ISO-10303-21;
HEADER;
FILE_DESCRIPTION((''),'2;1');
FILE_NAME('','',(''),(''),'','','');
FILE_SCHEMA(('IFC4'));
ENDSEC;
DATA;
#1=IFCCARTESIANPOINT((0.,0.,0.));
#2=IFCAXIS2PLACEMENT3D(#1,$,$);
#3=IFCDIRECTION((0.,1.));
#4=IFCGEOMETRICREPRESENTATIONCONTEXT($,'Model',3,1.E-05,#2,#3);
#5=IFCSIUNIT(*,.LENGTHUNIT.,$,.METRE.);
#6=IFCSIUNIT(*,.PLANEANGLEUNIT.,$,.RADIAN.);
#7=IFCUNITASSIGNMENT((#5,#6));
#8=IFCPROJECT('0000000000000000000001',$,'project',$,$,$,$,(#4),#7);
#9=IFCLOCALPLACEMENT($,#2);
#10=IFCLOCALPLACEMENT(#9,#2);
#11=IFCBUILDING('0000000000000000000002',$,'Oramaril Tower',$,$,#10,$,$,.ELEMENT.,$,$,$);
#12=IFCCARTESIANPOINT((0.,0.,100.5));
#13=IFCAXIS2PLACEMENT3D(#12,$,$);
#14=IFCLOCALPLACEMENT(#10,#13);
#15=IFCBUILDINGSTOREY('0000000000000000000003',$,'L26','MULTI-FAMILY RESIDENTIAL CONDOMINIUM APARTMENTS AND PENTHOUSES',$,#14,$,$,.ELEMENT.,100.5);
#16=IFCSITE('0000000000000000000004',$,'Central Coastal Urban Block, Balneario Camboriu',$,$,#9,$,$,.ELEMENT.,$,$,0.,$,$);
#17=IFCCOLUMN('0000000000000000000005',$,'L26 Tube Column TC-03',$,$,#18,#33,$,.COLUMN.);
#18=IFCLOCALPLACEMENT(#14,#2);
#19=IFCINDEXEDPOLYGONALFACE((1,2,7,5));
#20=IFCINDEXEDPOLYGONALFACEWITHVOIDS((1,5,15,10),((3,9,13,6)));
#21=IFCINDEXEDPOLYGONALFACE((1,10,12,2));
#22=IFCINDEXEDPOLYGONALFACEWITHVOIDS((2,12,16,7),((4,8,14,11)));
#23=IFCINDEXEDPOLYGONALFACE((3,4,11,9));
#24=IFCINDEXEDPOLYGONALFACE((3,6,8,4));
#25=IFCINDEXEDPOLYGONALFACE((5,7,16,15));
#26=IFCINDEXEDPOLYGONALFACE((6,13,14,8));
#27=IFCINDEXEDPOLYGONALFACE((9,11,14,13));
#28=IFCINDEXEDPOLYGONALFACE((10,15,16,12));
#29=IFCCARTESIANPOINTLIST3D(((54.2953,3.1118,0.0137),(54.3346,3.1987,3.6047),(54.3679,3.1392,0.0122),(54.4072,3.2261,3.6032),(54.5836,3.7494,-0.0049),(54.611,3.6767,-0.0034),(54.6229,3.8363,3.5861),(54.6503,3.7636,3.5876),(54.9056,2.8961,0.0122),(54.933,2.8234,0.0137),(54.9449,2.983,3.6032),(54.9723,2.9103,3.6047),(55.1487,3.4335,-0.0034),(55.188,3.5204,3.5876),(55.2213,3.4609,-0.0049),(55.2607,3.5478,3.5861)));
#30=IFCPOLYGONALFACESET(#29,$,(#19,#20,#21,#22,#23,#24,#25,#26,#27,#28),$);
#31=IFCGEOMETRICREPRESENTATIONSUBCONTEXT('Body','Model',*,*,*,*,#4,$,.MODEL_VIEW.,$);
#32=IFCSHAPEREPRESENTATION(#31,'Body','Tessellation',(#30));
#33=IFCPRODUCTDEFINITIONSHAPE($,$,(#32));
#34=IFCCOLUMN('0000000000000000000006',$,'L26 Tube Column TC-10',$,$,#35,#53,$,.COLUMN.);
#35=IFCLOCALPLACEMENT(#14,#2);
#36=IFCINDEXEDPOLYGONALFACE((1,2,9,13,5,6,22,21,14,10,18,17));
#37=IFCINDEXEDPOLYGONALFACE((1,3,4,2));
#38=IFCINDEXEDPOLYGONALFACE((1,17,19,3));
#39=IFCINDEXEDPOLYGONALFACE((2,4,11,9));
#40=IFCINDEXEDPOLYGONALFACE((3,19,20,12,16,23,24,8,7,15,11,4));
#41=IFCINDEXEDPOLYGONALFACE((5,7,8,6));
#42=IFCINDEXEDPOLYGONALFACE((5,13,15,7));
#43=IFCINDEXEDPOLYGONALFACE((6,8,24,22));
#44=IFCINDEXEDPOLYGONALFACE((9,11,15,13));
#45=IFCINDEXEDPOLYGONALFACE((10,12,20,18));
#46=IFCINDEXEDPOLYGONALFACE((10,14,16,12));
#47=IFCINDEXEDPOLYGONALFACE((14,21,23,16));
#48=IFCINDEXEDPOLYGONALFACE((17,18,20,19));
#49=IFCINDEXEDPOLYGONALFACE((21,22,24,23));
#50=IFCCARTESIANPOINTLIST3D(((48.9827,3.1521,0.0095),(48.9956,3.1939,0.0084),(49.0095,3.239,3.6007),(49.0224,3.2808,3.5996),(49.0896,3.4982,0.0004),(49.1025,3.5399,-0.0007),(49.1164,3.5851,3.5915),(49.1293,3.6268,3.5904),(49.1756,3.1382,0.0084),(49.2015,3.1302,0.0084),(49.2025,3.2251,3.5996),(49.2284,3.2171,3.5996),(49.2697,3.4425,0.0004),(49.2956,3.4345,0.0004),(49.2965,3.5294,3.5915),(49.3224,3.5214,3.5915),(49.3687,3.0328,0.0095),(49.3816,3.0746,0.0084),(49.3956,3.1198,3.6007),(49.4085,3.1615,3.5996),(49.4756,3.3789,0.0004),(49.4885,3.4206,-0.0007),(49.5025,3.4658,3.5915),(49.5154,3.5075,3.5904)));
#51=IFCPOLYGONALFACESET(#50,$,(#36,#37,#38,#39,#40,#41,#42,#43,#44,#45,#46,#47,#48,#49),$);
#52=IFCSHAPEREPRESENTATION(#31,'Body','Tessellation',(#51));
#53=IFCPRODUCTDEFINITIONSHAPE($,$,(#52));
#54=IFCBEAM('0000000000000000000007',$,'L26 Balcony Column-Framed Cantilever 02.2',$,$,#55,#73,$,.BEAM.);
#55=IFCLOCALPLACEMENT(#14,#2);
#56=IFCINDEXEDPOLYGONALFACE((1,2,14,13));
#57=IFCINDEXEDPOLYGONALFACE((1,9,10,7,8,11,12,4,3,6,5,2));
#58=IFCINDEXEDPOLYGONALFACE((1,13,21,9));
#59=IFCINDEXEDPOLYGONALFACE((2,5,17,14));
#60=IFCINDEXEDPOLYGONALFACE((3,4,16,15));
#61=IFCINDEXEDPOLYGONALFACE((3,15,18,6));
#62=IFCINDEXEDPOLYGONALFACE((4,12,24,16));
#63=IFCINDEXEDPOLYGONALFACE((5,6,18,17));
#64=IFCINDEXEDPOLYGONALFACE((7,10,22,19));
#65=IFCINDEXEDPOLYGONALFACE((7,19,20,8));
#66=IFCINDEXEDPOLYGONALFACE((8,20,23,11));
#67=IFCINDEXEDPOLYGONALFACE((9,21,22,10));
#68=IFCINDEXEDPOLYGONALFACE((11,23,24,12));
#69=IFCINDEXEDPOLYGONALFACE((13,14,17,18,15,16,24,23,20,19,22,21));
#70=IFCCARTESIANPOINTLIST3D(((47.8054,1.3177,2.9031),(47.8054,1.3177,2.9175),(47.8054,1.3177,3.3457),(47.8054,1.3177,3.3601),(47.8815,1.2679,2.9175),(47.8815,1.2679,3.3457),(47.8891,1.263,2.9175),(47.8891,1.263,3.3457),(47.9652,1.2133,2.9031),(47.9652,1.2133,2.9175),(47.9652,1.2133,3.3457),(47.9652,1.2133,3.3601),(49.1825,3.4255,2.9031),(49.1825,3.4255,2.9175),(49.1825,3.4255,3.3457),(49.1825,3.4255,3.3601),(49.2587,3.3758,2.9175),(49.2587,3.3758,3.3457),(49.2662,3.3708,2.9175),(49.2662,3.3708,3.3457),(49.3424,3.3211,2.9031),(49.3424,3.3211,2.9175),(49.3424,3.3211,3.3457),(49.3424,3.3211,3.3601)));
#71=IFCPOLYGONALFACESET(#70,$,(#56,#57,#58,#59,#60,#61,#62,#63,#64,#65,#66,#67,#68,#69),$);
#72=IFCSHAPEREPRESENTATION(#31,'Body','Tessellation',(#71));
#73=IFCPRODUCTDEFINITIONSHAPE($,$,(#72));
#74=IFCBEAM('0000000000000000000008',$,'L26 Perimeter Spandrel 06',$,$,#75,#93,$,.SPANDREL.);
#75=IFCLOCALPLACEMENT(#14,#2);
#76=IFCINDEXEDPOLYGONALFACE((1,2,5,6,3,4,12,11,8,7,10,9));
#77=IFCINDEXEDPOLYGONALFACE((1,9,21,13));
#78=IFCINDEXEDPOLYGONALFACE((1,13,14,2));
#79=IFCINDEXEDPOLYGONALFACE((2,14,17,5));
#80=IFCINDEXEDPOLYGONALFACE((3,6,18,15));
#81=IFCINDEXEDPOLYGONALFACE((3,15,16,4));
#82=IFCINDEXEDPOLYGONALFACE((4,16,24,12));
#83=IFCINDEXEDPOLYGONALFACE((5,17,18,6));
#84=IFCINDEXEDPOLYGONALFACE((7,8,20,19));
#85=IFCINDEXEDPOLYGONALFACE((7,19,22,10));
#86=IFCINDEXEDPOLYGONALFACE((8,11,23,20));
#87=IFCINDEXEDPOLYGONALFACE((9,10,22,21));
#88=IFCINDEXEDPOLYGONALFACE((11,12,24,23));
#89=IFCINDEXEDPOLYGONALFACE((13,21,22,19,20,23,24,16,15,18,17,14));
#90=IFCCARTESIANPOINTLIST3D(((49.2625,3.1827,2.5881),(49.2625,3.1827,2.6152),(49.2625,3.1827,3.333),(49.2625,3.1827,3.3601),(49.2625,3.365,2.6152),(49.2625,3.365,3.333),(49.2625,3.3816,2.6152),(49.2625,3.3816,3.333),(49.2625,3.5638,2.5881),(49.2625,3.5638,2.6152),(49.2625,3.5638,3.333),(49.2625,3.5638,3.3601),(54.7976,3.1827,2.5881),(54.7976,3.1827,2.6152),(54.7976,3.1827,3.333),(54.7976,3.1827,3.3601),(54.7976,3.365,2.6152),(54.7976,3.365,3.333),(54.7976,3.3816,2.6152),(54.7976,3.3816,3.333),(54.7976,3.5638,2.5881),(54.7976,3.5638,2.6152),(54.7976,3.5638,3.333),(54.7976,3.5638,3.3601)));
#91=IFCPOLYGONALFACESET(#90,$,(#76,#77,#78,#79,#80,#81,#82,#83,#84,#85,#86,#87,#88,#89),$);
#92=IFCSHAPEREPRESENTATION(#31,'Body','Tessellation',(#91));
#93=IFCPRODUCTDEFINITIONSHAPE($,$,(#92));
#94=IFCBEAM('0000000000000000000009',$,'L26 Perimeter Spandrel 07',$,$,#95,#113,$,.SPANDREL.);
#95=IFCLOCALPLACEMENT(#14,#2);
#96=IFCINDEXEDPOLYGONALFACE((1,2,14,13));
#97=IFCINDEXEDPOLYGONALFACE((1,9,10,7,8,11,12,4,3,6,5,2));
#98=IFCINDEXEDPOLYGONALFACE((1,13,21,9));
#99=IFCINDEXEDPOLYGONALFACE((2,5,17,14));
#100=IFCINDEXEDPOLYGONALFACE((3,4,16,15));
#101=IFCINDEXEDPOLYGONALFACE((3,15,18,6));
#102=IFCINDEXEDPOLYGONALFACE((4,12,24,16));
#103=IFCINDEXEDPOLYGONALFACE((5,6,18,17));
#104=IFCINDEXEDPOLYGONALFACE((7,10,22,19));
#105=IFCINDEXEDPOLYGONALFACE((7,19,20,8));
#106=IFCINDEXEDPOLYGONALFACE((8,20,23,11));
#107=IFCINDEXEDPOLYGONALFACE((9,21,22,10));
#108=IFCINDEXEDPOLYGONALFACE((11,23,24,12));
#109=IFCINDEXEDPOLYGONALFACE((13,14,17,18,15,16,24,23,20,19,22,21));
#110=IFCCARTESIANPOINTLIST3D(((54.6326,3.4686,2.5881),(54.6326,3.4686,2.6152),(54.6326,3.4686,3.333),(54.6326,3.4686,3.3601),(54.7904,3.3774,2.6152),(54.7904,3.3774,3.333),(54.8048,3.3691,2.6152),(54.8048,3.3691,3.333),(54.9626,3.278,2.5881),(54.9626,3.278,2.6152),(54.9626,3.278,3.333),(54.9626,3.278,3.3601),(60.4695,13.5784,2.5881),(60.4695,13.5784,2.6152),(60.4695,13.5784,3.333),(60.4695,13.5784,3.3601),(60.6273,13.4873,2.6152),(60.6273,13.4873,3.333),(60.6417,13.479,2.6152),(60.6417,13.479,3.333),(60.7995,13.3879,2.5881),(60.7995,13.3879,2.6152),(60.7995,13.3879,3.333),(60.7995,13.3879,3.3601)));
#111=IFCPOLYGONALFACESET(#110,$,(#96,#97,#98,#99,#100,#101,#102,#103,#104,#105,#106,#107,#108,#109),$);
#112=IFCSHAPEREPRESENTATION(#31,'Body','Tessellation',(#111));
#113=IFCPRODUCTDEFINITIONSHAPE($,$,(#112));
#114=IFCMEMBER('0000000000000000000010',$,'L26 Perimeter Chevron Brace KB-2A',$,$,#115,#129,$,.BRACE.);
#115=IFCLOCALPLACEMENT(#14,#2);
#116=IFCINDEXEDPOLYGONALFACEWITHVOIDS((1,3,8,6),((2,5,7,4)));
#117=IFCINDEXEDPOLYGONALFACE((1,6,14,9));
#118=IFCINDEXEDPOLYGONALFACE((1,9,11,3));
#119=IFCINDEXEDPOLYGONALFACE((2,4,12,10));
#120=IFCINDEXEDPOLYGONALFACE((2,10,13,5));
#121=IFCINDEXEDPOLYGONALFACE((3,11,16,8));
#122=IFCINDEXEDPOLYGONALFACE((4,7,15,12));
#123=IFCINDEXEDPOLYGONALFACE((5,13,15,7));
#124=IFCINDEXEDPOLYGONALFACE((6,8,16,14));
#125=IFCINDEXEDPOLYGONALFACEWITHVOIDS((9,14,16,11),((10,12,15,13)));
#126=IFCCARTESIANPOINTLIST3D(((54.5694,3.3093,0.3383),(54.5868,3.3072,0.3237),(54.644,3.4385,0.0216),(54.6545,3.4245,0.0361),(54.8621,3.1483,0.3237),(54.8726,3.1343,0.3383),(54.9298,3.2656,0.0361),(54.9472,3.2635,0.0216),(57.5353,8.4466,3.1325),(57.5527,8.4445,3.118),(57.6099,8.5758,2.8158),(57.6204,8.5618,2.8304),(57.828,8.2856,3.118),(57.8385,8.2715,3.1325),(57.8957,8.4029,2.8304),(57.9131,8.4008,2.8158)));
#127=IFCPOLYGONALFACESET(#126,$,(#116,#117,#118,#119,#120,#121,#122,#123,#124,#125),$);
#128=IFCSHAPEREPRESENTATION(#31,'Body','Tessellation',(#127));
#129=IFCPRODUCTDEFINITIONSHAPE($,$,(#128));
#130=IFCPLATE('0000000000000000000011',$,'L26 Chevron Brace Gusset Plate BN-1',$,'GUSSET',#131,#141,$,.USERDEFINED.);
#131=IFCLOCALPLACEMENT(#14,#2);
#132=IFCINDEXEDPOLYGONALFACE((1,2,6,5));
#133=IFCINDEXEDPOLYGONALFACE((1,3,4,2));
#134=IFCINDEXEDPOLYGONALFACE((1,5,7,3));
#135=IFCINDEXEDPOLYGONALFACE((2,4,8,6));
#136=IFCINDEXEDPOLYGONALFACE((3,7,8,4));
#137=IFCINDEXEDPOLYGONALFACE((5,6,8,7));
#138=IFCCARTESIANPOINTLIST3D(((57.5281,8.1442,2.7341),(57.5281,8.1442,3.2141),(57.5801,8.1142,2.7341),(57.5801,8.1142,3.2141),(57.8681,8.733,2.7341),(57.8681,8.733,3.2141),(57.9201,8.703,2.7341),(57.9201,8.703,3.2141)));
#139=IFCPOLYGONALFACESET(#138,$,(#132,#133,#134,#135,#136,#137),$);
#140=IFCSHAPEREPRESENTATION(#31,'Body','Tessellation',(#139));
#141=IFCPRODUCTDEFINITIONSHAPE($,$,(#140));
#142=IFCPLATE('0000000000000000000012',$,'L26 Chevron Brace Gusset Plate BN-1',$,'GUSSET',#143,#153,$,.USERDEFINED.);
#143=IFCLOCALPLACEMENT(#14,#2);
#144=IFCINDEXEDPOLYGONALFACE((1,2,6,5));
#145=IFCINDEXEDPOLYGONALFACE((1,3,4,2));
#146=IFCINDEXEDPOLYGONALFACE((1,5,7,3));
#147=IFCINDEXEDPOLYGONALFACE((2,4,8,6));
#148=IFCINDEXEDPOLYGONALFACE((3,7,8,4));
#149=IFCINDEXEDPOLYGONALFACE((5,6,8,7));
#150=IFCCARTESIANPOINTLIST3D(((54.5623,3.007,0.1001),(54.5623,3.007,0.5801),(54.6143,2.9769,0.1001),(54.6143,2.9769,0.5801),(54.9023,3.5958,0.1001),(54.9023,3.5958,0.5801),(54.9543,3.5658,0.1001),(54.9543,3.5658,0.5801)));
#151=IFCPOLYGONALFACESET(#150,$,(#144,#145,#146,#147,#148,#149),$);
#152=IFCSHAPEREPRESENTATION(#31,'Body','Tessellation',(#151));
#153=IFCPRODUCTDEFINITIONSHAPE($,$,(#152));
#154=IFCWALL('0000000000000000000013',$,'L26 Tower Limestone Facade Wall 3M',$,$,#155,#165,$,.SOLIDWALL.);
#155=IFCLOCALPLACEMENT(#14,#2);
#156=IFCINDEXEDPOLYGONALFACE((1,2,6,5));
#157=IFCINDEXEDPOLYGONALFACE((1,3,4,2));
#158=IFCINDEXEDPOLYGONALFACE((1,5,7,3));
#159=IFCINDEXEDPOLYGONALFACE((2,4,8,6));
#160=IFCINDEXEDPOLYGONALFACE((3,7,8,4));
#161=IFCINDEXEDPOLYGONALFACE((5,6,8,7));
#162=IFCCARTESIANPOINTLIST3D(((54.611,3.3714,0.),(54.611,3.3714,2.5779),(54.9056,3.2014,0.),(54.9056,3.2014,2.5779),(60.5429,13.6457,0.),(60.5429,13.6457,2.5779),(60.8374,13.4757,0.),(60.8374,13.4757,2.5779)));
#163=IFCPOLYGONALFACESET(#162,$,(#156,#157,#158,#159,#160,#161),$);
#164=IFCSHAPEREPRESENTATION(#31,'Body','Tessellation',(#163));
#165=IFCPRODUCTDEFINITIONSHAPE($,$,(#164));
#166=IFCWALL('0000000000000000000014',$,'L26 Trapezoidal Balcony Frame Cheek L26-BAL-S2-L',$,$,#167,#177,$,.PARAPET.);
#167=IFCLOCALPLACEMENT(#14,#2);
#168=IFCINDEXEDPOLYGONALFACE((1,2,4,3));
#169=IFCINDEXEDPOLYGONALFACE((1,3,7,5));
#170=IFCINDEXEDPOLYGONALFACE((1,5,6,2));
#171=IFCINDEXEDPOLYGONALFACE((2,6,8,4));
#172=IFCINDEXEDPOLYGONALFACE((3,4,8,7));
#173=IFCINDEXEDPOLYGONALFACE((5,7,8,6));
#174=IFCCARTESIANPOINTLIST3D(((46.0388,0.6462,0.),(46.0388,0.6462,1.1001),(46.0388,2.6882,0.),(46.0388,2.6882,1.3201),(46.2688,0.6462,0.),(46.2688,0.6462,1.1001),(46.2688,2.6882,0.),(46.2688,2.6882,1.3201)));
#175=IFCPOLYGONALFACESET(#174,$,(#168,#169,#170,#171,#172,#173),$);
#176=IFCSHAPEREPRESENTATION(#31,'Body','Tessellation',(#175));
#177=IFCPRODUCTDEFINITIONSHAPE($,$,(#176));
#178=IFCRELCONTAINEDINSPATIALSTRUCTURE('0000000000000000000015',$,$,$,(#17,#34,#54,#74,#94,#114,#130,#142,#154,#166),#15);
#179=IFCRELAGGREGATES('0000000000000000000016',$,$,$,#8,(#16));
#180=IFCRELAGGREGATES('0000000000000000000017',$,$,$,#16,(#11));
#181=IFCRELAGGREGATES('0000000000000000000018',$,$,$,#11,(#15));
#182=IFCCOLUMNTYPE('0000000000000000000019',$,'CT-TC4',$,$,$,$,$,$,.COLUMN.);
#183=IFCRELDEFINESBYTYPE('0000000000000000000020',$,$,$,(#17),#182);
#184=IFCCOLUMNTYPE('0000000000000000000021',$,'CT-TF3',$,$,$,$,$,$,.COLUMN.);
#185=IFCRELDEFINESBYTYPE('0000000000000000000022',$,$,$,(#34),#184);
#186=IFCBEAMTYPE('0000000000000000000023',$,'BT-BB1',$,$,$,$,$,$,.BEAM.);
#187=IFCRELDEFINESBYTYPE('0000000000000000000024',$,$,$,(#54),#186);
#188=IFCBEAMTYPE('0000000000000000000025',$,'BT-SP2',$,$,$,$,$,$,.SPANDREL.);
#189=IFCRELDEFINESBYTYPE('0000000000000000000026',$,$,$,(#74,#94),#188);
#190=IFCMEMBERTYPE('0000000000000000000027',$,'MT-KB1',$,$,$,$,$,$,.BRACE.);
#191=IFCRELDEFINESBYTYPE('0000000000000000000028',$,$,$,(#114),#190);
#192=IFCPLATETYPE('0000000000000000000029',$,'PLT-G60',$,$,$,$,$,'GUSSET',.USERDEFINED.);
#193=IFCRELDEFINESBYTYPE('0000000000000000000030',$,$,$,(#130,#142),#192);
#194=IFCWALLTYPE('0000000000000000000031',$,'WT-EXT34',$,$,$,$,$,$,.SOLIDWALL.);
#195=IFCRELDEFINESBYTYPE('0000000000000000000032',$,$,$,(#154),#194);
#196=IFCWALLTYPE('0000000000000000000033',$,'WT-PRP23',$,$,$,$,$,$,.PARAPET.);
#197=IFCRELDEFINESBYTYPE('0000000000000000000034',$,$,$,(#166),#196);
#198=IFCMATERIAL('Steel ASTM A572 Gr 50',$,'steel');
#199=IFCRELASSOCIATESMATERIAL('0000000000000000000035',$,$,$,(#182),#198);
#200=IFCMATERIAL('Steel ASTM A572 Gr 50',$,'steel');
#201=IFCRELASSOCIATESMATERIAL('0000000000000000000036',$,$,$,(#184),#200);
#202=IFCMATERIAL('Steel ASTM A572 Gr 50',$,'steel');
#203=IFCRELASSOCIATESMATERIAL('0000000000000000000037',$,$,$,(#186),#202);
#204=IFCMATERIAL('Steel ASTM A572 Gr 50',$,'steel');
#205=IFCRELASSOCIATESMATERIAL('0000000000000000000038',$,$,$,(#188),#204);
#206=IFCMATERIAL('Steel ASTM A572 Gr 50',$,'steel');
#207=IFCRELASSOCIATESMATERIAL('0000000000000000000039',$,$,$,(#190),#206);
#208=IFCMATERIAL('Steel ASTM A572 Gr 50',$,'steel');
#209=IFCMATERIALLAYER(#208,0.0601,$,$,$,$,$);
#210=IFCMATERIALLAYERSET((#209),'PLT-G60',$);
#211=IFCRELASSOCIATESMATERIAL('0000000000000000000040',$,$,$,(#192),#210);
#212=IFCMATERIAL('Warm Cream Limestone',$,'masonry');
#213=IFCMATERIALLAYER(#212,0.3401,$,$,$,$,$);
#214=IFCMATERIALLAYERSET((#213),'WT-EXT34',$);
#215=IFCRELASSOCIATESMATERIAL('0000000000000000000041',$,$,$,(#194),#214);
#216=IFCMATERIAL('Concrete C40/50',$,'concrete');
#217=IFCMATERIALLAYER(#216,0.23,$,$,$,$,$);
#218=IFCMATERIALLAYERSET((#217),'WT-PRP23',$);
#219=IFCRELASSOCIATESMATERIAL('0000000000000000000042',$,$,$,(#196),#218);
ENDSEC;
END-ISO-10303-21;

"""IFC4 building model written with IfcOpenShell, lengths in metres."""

from ifc_helpers import new_model, si_unit, direction, frame, frame_2d, origin, origin_2d, place, context, subcontext, project, spatial, polyline, rectangle, hollow_rectangle, i_section, outline, extrude, material, layer, layer_set, material_profile, profile_set, type_object, element, save


model = new_model("IFC4")

# Units and contexts
model_context = context("Model", 3, precision=1e-05, world=origin(), true_north=direction((0.0, 1.0)))
body_context = subcontext(model_context, "Body", "Model", "MODEL_VIEW")
ifc_project = project(units=[si_unit("LENGTHUNIT", "METRE"), si_unit("PLANEANGLEUNIT", "RADIAN")], contexts=[model_context])

# Site, building, storey
site_placement = place(None, origin())
site = spatial("IfcSite", under=ifc_project, at=site_placement, Name="Central Coastal Urban Block, Balneario Camboriu", CompositionType="ELEMENT", RefElevation=0.0)
building_placement = place(site_placement, origin())
building = spatial("IfcBuilding", under=site, at=building_placement, Name="Oramaril Tower", CompositionType="ELEMENT")
storey_placement = place(building_placement, frame((0.0, 0.0, 100.5)))
storey = spatial("IfcBuildingStorey", under=building, at=storey_placement, Name="L26", Description="MULTI-FAMILY RESIDENTIAL CONDOMINIUM APARTMENTS AND PENTHOUSES", CompositionType="ELEMENT", Elevation=100.5)

# Columns
ifc_material_1 = material(Name="Steel ASTM A572 Gr 50", Category="steel")
ifc_material_profile_1 = material_profile(ifc_material_1, hollow_rectangle(XDim=0.7, YDim=0.7, WallThickness=0.0549, at=origin_2d()), Name="BOX700X700X55")
ifc_profile_set_1 = profile_set([ifc_material_profile_1], Name="Steel ASTM A572 Gr 50")
column_type_1 = type_object("IfcColumnType", Name="CT-TC4", PredefinedType="COLUMN", material=ifc_profile_set_1)
column_1_placement = place(storey_placement, frame((54.7583, 3.2864, 0.0044), z_axis=(0.010942, 0.024194, 0.999647), x_axis=(-0.911154, 0.412067, 0.0)))
element("IfcColumn", 1, at=column_1_placement, inside=storey, type_object=column_type_1, Name="L26 Tube Column TC-03", PredefinedType="COLUMN", context=body_context, shape_type="SweptSolid", body=[
    extrude(hollow_rectangle(XDim=0.7, YDim=0.7, WallThickness=0.0549, at=origin_2d()), origin(), (0.0, 0.0, 1.0), 3.5923),
])
ifc_material_2 = material(Name="Steel ASTM A572 Gr 50", Category="steel")
ifc_material_profile_2 = material_profile(ifc_material_2, i_section(OverallWidth=0.4041, OverallDepth=0.406, WebThickness=0.0271, FlangeThickness=0.0437, at=origin_2d()), Name="W14X233")
ifc_profile_set_2 = profile_set([ifc_material_profile_2], Name="Steel ASTM A572 Gr 50")
column_type_2 = type_object("IfcColumnType", Name="CT-TF3", PredefinedType="COLUMN", material=ifc_profile_set_2)
column_2_placement = place(storey_placement, frame((49.2356, 3.2864, 0.0044), z_axis=(0.007476, 0.024195, 0.999679), x_axis=(-0.95543, 0.295217, 0.0)))
element("IfcColumn", 2, at=column_2_placement, inside=storey, type_object=column_type_2, Name="L26 Tube Column TC-10", PredefinedType="COLUMN", context=body_context, shape_type="SweptSolid", body=[
    extrude(i_section(OverallWidth=0.4041, OverallDepth=0.406, WebThickness=0.0271, FlangeThickness=0.0437, at=origin_2d()), origin(), (0.0, 0.0, 1.0), 3.5923),
])

# Beams
ifc_material_3 = material(Name="Steel ASTM A572 Gr 50", Category="steel")
ifc_material_profile_3 = material_profile(ifc_material_3, i_section(OverallWidth=0.1909, OverallDepth=0.457, WebThickness=0.009, FlangeThickness=0.0144, at=origin_2d()), Name="W18X50")
ifc_profile_set_3 = profile_set([ifc_material_profile_3], Name="Steel ASTM A572 Gr 50")
beam_type_1 = type_object("IfcBeamType", Name="BT-BB1", PredefinedType="BEAM", material=ifc_profile_set_3)
beam_1_placement = place(storey_placement, frame((49.2625, 3.3733, 3.1316), z_axis=(-0.546957, -0.837161, 0.0), x_axis=(0.837161, -0.546957, 0.0)))
element("IfcBeam", 3, at=beam_1_placement, inside=storey, type_object=beam_type_1, Name="L26 Balcony Column-Framed Cantilever 02.2", PredefinedType="BEAM", context=body_context, shape_type="SweptSolid", body=[
    extrude(i_section(OverallWidth=0.1909, OverallDepth=0.457, WebThickness=0.009, FlangeThickness=0.0144, at=origin_2d()), origin(), (0.0, 0.0, 1.0), 2.5178),
])
ifc_material_4 = material(Name="Steel ASTM A572 Gr 50", Category="steel")
ifc_material_profile_4 = material_profile(ifc_material_4, i_section(OverallWidth=0.3811, OverallDepth=0.772, WebThickness=0.0166, FlangeThickness=0.0271, at=origin_2d()), Name="W30X173")
ifc_profile_set_4 = profile_set([ifc_material_profile_4], Name="Steel ASTM A572 Gr 50")
beam_type_2 = type_object("IfcBeamType", Name="BT-SP2", PredefinedType="SPANDREL", material=ifc_profile_set_4)
beam_2_placement = place(storey_placement, frame((49.2625, 3.3733, 2.9741), z_axis=(1.0, 0.0, 0.0), x_axis=(0.0, 1.0, 0.0)))
element("IfcBeam", 4, at=beam_2_placement, inside=storey, type_object=beam_type_2, Name="L26 Perimeter Spandrel 06", PredefinedType="SPANDREL", context=body_context, shape_type="SweptSolid", body=[
    extrude(i_section(OverallWidth=0.3811, OverallDepth=0.772, WebThickness=0.0166, FlangeThickness=0.0271, at=origin_2d()), origin(), (0.0, 0.0, 1.0), 5.5352),
])
beam_3_placement = place(storey_placement, frame((54.7976, 3.3733, 2.9741), z_axis=(0.499999, 0.866026, 0.0), x_axis=(-0.866026, 0.499999, 0.0)))
element("IfcBeam", 5, at=beam_3_placement, inside=storey, type_object=beam_type_2, Name="L26 Perimeter Spandrel 07", PredefinedType="SPANDREL", context=body_context, shape_type="SweptSolid", body=[
    extrude(i_section(OverallWidth=0.3811, OverallDepth=0.772, WebThickness=0.0166, FlangeThickness=0.0271, at=origin_2d()), origin(), (0.0, 0.0, 1.0), 11.6738),
])

# Member
ifc_material_5 = material(Name="Steel ASTM A572 Gr 50", Category="steel")
ifc_material_profile_5 = material_profile(ifc_material_5, hollow_rectangle(XDim=0.3501, YDim=0.3501, WallThickness=0.0161, at=origin_2d()), Name="HSS350X350X16")
ifc_profile_set_5 = profile_set([ifc_material_profile_5], Name="Steel ASTM A572 Gr 50")
member_type = type_object("IfcMemberType", Name="MT-KB1", PredefinedType="BRACE", material=ifc_profile_set_5)
member_placement = place(storey_placement, frame((54.7583, 3.2864, 0.1799), z_axis=(0.452312, 0.783467, 0.426137), x_axis=(-0.866036, 0.499981, 0.0)))
element("IfcMember", 6, at=member_placement, inside=storey, type_object=member_type, Name="L26 Perimeter Chevron Brace KB-2A", PredefinedType="BRACE", context=body_context, shape_type="SweptSolid", body=[
    extrude(hollow_rectangle(XDim=0.3501, YDim=0.3501, WallThickness=0.0161, at=origin_2d()), origin(), (0.0, 0.0, 1.0), 6.5571),
])

# Plates
ifc_material_6 = material(Name="Steel ASTM A572 Gr 50", Category="steel")
ifc_layer_1 = layer(ifc_material_6, 0.0601)
ifc_layer_set_1 = layer_set([ifc_layer_1], Name="PLT-G60")
plate_type = type_object("IfcPlateType", Name="PLT-G60", ElementType="GUSSET", PredefinedType="USERDEFINED", material=ifc_layer_set_1)
for number, where, z_axis, x_axis, name in (
    (7, (57.7241, 8.4236, 2.7341), (0.0, 0.0, 1.0), (0.499998, 0.866026, 0.0), "L26 Chevron Brace Gusset Plate BN-1"),
    (8, (54.7583, 3.2864, 0.1001), (0.0, 0.0, 1.0), (0.499998, 0.866026, 0.0), "L26 Chevron Brace Gusset Plate BN-1"),
):
    element("IfcPlate", number, at=place(storey_placement, frame(where, z_axis=z_axis, x_axis=x_axis)), inside=storey, type_object=plate_type, Name=name, ObjectType="GUSSET", PredefinedType="USERDEFINED", context=body_context, shape_type="SweptSolid", body=[
        extrude(rectangle(XDim=0.6799, YDim=0.0601, at=origin_2d()), origin(), (0.0, 0.0, 1.0), 0.48),
    ])

# Walls
ifc_material_7 = material(Name="Warm Cream Limestone", Category="masonry")
ifc_layer_2 = layer(ifc_material_7, 0.3401)
ifc_layer_set_2 = layer_set([ifc_layer_2], Name="WT-EXT34")
wall_type_1 = type_object("IfcWallType", Name="WT-EXT34", PredefinedType="SOLIDWALL", material=ifc_layer_set_2)
wall_1_placement = place(storey_placement, frame((54.7583, 3.2864, 0.0), z_axis=(0.0, 0.0, 1.0), x_axis=(0.499997, 0.866027, 0.0)))
element("IfcWall", 9, at=wall_1_placement, inside=storey, type_object=wall_type_1, Name="L26 Tower Limestone Facade Wall 3M", PredefinedType="SOLIDWALL", context=body_context, shape_type="SweptSolid", body=[
    extrude(rectangle(XDim=11.8638, YDim=0.3401, at=frame_2d((5.9319, 0.0))), origin(), (0.0, 0.0, 1.0), 2.5779),
])
ifc_material_8 = material(Name="Concrete C40/50", Category="concrete")
ifc_layer_3 = layer(ifc_material_8, 0.23)
ifc_layer_set_3 = layer_set([ifc_layer_3], Name="WT-PRP23")
wall_type_2 = type_object("IfcWallType", Name="WT-PRP23", PredefinedType="PARAPET", material=ifc_layer_set_3)
wall_2_placement = place(storey_placement, frame((46.1538, 2.6882, 0.0), z_axis=(0.0, 0.0, 1.0), x_axis=(0.0, -1.0, 0.0)))
element("IfcWall", 10, at=wall_2_placement, inside=storey, type_object=wall_type_2, Name="L26 Trapezoidal Balcony Frame Cheek L26-BAL-S2-L", PredefinedType="PARAPET", context=body_context, shape_type="SweptSolid", body=[
    extrude(outline(polyline([(0.0, 0.0), (2.042, 0.0), (2.042, 1.1001), (0.0, 1.3201), (0.0, 0.0)])), frame((0.0, 0.115, 0.0), z_axis=(0.0, -1.0, 0.0), x_axis=(1.0, 0.0, 0.0)), (0.0, 0.0, 1.0), 0.23),
])

save(model, "model.ifc")
